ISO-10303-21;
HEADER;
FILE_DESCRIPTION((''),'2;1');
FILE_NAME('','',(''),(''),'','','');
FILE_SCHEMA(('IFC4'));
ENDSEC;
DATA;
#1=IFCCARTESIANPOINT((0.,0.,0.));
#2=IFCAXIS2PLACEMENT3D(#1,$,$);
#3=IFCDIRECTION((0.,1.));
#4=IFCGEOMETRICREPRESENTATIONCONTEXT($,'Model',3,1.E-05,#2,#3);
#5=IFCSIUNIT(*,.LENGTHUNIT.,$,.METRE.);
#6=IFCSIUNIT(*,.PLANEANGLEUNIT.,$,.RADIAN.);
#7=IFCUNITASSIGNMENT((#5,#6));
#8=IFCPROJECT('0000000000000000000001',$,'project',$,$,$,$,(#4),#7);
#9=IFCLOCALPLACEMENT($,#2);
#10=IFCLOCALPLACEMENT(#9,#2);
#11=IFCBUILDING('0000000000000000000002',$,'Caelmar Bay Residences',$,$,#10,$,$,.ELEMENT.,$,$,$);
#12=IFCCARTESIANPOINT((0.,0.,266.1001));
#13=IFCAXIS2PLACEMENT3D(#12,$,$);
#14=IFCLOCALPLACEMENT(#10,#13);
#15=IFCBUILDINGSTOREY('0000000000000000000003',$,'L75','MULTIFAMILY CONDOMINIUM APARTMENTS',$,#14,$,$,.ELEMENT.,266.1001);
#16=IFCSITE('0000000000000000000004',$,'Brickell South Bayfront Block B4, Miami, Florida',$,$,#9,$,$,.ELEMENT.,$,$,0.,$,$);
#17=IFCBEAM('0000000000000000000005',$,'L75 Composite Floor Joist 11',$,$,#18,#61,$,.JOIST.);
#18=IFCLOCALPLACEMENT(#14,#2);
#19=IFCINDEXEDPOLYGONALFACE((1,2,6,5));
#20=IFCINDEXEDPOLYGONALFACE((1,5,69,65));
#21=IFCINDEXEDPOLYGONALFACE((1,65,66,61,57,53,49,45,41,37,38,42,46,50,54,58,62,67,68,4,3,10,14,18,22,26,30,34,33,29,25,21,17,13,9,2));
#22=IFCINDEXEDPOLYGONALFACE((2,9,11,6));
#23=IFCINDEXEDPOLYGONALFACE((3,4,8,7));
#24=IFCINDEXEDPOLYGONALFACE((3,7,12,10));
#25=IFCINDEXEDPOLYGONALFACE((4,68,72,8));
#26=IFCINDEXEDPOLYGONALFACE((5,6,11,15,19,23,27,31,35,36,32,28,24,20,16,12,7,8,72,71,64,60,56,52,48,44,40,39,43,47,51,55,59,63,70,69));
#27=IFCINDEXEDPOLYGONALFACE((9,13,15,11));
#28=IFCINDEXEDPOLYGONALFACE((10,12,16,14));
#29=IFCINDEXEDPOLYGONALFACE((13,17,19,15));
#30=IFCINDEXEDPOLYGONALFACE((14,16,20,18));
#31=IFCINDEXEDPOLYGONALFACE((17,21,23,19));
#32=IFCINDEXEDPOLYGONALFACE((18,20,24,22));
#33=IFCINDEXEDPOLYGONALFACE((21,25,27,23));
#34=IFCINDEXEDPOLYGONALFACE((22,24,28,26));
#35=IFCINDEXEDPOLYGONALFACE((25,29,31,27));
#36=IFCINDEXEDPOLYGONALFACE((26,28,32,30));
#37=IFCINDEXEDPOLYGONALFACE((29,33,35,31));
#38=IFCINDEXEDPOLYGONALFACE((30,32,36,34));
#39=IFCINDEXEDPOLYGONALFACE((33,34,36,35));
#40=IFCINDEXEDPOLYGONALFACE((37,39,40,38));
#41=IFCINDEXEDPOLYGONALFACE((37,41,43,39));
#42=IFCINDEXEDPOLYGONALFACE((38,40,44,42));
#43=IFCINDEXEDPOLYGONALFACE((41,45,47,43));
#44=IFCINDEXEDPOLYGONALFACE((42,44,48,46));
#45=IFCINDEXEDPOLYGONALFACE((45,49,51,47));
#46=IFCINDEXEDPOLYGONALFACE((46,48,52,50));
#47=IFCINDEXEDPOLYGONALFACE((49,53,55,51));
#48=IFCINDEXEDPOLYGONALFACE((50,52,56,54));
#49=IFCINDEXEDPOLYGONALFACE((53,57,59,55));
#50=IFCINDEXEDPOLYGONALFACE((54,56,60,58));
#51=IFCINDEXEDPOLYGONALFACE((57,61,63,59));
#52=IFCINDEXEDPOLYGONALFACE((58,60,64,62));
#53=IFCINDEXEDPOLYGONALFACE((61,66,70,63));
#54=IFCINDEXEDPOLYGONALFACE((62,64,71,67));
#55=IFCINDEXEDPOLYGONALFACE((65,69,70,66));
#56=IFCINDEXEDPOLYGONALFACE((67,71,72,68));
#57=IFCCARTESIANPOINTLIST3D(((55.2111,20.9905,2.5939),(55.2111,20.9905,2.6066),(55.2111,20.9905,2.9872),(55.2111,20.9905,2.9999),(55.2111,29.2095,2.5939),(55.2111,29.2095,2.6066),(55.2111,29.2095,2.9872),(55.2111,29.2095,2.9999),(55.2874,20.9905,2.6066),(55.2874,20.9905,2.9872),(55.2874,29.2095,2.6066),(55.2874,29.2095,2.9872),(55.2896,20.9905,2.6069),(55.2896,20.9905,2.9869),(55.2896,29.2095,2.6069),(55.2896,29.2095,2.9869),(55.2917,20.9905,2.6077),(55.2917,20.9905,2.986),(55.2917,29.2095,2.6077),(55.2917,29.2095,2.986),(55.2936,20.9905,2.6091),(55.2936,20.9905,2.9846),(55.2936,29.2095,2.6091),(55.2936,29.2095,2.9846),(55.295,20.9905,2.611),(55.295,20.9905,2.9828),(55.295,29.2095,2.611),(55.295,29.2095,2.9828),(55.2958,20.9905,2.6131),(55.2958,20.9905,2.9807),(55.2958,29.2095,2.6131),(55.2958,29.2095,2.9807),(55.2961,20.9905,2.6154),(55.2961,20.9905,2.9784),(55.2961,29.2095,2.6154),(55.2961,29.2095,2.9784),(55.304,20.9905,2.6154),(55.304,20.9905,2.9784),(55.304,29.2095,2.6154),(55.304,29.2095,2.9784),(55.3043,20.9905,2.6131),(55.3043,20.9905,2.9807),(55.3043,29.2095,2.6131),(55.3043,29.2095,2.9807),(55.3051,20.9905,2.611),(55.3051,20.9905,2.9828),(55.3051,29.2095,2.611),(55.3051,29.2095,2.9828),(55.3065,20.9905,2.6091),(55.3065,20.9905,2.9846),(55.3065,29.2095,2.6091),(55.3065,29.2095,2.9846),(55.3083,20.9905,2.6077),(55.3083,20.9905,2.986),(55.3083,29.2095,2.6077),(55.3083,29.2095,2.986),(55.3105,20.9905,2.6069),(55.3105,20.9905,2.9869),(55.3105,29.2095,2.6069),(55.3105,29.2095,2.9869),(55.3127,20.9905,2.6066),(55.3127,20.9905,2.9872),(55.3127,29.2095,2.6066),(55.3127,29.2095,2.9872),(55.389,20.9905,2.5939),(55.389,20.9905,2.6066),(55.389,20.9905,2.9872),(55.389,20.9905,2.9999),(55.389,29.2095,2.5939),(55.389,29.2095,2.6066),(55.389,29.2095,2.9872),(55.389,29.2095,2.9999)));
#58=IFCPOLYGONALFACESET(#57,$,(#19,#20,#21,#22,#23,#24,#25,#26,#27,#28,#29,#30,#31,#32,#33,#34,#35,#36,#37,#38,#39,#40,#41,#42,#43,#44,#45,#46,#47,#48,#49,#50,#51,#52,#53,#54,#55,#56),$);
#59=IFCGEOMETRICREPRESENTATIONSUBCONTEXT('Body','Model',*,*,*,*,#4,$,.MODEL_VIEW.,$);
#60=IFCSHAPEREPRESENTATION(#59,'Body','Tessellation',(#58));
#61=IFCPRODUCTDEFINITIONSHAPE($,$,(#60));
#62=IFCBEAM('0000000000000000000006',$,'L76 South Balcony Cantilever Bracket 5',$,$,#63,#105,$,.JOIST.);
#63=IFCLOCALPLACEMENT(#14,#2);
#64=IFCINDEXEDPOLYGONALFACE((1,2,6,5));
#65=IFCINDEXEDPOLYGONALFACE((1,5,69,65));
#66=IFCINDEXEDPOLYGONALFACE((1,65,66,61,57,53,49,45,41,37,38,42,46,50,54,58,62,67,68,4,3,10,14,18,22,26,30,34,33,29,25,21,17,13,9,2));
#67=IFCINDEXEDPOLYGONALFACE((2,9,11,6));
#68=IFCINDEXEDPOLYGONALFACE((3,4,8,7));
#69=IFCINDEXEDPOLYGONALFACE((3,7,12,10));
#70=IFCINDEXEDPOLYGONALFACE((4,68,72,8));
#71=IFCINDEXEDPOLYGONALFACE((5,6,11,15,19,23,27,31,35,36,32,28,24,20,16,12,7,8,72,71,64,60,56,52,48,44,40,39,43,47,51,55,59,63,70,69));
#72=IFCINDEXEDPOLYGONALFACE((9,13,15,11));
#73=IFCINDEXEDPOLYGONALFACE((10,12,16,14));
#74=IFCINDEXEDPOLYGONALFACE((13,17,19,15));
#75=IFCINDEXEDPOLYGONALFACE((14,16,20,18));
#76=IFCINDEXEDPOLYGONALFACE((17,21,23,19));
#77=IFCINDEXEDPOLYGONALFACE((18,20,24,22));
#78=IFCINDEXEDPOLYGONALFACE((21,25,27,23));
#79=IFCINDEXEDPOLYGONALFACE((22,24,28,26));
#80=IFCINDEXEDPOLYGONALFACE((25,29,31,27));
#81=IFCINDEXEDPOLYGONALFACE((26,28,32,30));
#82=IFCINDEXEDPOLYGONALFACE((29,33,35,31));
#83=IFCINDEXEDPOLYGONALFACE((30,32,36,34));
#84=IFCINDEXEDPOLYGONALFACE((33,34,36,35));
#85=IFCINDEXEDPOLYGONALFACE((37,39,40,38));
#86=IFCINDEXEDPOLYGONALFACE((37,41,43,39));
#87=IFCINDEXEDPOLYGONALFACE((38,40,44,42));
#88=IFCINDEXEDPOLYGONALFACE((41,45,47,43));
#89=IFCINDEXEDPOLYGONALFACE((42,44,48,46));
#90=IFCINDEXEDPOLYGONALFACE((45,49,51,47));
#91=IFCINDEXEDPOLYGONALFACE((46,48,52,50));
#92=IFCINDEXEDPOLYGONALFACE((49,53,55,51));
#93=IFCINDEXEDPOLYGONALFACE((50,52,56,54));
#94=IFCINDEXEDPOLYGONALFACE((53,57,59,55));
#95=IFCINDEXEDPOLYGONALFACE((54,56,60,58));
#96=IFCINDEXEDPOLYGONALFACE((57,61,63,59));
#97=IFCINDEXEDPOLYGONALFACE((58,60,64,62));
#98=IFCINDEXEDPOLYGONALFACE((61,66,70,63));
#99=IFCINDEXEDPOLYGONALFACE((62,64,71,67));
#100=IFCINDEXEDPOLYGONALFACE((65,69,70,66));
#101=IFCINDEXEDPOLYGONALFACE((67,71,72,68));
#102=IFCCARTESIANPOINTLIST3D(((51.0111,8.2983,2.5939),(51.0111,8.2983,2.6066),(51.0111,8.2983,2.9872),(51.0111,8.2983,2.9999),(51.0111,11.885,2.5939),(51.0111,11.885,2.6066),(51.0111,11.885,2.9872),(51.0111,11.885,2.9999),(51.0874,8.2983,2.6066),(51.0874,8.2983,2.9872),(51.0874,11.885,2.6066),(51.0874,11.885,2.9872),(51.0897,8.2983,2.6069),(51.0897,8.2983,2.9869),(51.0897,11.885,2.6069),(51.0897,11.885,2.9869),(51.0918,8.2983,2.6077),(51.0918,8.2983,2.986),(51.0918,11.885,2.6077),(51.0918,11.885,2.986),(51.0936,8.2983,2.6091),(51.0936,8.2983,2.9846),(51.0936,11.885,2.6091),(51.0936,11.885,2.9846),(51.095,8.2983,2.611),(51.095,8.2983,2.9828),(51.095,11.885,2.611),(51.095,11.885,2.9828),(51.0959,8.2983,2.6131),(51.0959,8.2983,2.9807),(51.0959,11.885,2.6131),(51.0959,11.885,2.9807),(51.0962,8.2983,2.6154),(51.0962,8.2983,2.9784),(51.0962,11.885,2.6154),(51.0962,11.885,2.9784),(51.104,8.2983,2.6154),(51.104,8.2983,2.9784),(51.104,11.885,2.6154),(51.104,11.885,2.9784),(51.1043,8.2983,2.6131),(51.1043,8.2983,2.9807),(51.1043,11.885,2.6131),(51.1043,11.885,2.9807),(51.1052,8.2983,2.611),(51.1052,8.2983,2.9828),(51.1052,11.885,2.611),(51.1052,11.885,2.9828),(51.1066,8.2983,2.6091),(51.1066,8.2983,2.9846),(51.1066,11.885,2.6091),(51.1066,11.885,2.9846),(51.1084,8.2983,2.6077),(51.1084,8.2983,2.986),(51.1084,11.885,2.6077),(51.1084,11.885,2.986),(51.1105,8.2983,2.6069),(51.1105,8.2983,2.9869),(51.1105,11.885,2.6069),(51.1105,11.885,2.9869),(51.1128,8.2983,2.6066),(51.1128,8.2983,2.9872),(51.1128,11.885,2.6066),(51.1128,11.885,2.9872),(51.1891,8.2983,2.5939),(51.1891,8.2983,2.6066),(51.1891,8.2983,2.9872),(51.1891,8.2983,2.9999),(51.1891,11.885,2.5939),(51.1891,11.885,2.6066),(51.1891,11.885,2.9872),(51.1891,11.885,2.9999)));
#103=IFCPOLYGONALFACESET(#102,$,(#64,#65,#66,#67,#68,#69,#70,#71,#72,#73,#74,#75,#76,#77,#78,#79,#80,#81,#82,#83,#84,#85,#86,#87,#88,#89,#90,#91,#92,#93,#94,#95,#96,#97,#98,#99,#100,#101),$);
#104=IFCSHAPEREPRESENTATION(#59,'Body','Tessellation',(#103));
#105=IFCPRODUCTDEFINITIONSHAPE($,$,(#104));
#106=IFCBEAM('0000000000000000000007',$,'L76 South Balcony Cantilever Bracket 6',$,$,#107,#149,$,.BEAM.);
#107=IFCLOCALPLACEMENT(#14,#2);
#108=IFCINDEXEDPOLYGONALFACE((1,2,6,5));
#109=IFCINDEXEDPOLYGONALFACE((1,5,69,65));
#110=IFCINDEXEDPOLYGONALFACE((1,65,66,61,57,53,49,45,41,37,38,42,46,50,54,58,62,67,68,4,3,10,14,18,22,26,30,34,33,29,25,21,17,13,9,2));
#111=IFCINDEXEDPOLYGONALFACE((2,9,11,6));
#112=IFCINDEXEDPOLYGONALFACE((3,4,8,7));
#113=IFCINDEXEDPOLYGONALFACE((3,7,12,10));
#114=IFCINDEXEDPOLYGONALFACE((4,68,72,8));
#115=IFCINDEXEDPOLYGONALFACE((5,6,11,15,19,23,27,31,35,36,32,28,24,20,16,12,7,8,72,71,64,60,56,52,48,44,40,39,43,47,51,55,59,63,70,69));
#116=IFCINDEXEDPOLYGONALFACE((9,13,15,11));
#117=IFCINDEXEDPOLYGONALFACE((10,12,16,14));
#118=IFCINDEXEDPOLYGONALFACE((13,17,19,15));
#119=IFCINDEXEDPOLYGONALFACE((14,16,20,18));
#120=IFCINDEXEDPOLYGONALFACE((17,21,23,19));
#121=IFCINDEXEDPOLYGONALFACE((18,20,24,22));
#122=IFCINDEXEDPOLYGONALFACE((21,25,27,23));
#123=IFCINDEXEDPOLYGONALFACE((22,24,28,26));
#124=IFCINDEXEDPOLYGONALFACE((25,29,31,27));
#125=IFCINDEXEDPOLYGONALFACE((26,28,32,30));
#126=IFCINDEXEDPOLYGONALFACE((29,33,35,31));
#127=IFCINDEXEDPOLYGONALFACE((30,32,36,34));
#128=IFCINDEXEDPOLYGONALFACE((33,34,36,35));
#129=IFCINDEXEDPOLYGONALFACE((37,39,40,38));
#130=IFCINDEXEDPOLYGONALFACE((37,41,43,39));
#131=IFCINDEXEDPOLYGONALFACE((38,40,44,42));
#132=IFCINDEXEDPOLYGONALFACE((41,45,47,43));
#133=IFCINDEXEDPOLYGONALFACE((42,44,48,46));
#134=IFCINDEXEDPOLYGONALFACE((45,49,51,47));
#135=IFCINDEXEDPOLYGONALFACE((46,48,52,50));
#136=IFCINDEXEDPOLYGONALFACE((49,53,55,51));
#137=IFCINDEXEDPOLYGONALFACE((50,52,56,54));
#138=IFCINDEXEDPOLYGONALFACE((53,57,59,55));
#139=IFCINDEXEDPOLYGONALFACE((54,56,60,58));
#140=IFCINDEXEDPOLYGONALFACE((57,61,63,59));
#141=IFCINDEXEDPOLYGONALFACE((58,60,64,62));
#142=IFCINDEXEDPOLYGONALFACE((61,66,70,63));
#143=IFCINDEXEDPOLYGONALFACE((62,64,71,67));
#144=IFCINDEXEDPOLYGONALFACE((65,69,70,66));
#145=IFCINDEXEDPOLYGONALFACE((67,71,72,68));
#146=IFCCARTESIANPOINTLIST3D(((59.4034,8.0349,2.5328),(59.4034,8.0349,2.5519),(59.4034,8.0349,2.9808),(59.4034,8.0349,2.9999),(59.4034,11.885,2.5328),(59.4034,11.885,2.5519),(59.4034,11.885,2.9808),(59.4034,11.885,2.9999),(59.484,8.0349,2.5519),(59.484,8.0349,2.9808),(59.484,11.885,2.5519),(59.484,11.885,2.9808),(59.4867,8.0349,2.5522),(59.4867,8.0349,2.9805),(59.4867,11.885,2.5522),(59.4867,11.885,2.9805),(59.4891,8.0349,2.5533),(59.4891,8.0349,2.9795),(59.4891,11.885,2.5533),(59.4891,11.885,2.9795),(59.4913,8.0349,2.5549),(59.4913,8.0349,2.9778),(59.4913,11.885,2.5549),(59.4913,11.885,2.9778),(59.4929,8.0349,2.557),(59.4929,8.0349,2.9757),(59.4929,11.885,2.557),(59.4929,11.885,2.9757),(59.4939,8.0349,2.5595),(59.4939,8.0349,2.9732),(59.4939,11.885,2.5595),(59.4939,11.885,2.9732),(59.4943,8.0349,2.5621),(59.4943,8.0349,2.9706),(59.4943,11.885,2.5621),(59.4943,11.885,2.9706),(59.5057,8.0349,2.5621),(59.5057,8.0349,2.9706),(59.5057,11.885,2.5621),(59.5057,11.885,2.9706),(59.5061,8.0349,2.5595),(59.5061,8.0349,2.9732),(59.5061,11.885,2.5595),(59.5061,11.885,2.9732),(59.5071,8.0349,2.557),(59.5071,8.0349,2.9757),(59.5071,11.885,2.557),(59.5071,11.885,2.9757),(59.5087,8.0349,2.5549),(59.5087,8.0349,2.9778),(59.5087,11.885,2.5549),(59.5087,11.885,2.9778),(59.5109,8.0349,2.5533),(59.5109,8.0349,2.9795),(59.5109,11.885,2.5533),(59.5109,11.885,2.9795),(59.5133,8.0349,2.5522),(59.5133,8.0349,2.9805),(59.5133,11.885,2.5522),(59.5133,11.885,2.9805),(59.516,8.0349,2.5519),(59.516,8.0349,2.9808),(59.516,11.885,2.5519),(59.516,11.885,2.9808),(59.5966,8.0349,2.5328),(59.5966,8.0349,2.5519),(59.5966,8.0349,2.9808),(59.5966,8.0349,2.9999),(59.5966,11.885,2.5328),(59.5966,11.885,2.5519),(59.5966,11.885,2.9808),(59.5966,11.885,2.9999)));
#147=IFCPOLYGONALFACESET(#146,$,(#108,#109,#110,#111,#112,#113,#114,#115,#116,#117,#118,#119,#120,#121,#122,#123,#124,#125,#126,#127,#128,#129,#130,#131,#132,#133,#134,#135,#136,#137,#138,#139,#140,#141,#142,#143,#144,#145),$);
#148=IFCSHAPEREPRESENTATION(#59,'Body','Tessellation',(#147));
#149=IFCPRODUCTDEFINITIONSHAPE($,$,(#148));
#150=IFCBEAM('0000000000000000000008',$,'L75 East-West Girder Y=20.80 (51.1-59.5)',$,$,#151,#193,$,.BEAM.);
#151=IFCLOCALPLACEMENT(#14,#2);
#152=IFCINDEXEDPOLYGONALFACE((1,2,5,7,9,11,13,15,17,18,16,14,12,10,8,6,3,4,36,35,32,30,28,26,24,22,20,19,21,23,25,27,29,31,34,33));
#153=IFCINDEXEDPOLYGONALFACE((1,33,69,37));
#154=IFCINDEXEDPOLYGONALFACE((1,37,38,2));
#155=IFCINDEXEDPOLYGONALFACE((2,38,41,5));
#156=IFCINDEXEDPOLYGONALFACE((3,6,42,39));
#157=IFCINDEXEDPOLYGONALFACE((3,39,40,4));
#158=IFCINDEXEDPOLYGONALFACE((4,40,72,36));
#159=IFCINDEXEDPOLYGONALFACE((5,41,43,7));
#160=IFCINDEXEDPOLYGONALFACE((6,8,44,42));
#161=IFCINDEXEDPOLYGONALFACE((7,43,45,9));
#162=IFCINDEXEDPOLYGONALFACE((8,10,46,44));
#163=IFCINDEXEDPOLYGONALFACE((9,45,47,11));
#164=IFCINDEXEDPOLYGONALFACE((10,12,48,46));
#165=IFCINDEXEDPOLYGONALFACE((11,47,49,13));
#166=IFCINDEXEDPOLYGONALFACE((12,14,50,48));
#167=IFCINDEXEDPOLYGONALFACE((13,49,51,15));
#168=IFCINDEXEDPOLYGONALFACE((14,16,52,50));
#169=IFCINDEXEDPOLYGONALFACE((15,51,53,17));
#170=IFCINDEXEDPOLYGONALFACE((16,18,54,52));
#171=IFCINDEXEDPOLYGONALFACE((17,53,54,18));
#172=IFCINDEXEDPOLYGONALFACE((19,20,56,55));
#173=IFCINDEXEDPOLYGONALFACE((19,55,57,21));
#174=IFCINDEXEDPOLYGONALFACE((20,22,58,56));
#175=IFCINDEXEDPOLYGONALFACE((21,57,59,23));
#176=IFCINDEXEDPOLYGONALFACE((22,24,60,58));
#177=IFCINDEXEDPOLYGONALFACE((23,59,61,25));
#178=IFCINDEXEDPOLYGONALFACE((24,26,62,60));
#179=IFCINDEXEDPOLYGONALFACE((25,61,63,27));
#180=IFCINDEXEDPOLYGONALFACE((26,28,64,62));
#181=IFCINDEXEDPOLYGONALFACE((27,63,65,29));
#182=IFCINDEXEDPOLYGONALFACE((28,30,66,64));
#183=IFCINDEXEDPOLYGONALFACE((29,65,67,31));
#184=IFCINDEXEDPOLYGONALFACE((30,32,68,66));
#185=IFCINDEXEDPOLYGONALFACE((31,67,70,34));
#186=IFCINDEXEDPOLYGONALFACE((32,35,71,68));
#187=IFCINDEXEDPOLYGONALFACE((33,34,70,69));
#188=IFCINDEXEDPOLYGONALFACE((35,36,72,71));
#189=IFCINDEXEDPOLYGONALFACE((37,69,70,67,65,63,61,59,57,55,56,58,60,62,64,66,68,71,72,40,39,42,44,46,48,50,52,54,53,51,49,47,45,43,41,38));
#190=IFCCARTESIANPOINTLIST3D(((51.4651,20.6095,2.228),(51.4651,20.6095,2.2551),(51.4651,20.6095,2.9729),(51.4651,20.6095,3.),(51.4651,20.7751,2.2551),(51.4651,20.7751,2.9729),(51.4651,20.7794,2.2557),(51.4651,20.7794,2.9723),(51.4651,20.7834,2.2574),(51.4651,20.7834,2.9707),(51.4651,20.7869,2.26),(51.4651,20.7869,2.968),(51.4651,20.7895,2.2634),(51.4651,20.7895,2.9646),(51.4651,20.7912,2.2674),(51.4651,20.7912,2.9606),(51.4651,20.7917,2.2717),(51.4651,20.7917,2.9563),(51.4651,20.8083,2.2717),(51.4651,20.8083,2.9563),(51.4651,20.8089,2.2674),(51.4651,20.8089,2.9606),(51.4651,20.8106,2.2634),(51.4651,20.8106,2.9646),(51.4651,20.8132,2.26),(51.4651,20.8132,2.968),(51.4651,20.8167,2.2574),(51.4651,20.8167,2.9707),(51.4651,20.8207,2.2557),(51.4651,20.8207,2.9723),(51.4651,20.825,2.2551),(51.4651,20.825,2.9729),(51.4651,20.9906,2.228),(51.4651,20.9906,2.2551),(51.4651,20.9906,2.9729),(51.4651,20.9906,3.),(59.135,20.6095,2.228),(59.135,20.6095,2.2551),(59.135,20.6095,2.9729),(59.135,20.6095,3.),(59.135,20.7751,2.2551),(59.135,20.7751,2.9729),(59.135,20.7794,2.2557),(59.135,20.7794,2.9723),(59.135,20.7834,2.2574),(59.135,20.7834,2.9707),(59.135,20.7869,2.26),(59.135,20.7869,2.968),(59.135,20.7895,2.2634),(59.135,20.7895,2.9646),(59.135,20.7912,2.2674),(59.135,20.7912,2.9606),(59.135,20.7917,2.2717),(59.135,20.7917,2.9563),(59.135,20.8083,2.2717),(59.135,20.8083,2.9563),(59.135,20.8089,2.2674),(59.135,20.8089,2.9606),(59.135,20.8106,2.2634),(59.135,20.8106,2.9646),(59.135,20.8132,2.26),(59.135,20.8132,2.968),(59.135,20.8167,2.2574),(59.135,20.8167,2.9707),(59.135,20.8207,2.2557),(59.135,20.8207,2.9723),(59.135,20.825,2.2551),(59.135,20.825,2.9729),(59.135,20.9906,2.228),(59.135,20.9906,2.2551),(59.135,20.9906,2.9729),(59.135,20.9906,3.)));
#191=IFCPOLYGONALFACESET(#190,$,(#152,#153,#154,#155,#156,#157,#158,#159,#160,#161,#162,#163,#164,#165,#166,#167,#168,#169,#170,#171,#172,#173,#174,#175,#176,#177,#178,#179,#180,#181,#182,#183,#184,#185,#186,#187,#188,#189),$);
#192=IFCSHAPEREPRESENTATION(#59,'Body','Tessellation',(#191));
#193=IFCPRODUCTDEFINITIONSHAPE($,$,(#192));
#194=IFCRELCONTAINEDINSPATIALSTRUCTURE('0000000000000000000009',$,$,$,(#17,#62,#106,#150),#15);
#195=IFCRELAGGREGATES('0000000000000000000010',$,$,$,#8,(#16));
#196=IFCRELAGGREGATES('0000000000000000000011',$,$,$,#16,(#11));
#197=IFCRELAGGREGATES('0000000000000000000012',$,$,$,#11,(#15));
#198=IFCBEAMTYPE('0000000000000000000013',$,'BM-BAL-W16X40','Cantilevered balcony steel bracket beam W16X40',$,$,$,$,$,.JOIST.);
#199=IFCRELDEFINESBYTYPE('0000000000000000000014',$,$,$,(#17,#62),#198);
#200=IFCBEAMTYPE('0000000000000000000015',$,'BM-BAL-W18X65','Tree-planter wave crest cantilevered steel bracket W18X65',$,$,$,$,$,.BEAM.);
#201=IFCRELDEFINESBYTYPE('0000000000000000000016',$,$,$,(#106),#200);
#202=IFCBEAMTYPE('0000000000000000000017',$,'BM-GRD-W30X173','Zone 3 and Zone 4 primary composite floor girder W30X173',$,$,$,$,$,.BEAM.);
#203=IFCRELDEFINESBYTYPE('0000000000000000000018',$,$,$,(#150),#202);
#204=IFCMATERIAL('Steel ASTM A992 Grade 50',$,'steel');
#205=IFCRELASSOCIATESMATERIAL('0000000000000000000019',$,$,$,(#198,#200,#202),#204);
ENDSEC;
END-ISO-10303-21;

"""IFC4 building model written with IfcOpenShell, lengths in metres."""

from ifc_helpers import new_model, si_unit, direction, frame, origin, origin_2d, place, context, subcontext, project, spatial, i_section, extrude, material, material_profile, profile_set, type_object, element, save


model = new_model("IFC4")

# Units and contexts
model_context = context("Model", 3, precision=1e-05, world=origin(), true_north=direction((0.0, 1.0)))
body_context = subcontext(model_context, "Body", "Model", "MODEL_VIEW")
ifc_project = project(units=[si_unit("LENGTHUNIT", "METRE"), si_unit("PLANEANGLEUNIT", "RADIAN")], contexts=[model_context])

# Site, building, storey
site_placement = place(None, origin())
site = spatial("IfcSite", under=ifc_project, at=site_placement, Name="Brickell South Bayfront Block B4, Miami, Florida", CompositionType="ELEMENT", RefElevation=0.0)
building_placement = place(site_placement, origin())
building = spatial("IfcBuilding", under=site, at=building_placement, Name="Caelmar Bay Residences", CompositionType="ELEMENT")
storey_placement = place(building_placement, frame((0.0, 0.0, 266.1001)))
storey = spatial("IfcBuildingStorey", under=building, at=storey_placement, Name="L75", Description="MULTIFAMILY CONDOMINIUM APARTMENTS", CompositionType="ELEMENT", Elevation=266.1001)

# Beams
ifc_material_1 = material(Name="Steel ASTM A992 Grade 50", Category="steel")
ifc_material_profile_1 = material_profile(ifc_material_1, i_section(OverallWidth=0.178, OverallDepth=0.406, WebThickness=0.0078, FlangeThickness=0.0127, FilletRadius=0.0088, at=origin_2d()), Name="W16X40")
ifc_profile_set_1 = profile_set([ifc_material_profile_1], Name="Steel ASTM A992 Grade 50")
beam_type_1 = type_object("IfcBeamType", Name="BM-BAL-W16X40", Description="Cantilevered balcony steel bracket beam W16X40", PredefinedType="JOIST", material=ifc_profile_set_1)
for number, where, z_axis, x_axis, name in (
    (1, (55.3, 20.9905, 2.7969), (0.0, 1.0, 0.0), (-1.0, 0.0, 0.0), "L75 Composite Floor Joist 11"),
):
    element("IfcBeam", number, at=place(storey_placement, frame(where, z_axis=z_axis, x_axis=x_axis)), inside=storey, type_object=beam_type_1, Name=name, PredefinedType="JOIST", context=body_context, shape_type="SweptSolid", body=[
        extrude(i_section(OverallWidth=0.178, OverallDepth=0.406, WebThickness=0.0078, FlangeThickness=0.0127, FilletRadius=0.0088, at=origin_2d()), origin(), (0.0, 0.0, 1.0), 8.219),
    ])
beam_1_placement = place(storey_placement, frame((51.1001, 11.885, 2.7969), z_axis=(0.0, -1.0, 0.0), x_axis=(1.0, 0.0, 0.0)))
element("IfcBeam", 2, at=beam_1_placement, inside=storey, type_object=beam_type_1, Name="L76 South Balcony Cantilever Bracket 5", PredefinedType="JOIST", context=body_context, shape_type="SweptSolid", body=[
    extrude(i_section(OverallWidth=0.178, OverallDepth=0.406, WebThickness=0.0078, FlangeThickness=0.0127, FilletRadius=0.0088, at=origin_2d()), origin(), (0.0, 0.0, 1.0), 3.5867),
])
ifc_material_profile_2 = material_profile(ifc_material_1, i_section(OverallWidth=0.1931, OverallDepth=0.467, WebThickness=0.0115, FlangeThickness=0.019, FilletRadius=0.0103, at=origin_2d()), Name="W18X65")
ifc_profile_set_2 = profile_set([ifc_material_profile_2], Name="Steel ASTM A992 Grade 50")
beam_type_2 = type_object("IfcBeamType", Name="BM-BAL-W18X65", Description="Tree-planter wave crest cantilevered steel bracket W18X65", PredefinedType="BEAM", material=ifc_profile_set_2)
beam_2_placement = place(storey_placement, frame((59.5, 11.885, 2.7664), z_axis=(0.0, -1.0, 0.0), x_axis=(1.0, 0.0, 0.0)))
element("IfcBeam", 3, at=beam_2_placement, inside=storey, type_object=beam_type_2, Name="L76 South Balcony Cantilever Bracket 6", PredefinedType="BEAM", context=body_context, shape_type="SweptSolid", body=[
    extrude(i_section(OverallWidth=0.1931, OverallDepth=0.467, WebThickness=0.0115, FlangeThickness=0.019, FilletRadius=0.0103, at=origin_2d()), origin(), (0.0, 0.0, 1.0), 3.8501),
])
ifc_material_profile_3 = material_profile(ifc_material_1, i_section(OverallWidth=0.3811, OverallDepth=0.772, WebThickness=0.0166, FlangeThickness=0.0271, FilletRadius=0.0166, at=origin_2d()), Name="W30X173")
ifc_profile_set_3 = profile_set([ifc_material_profile_3], Name="Steel ASTM A992 Grade 50")
beam_type_3 = type_object("IfcBeamType", Name="BM-GRD-W30X173", Description="Zone 3 and Zone 4 primary composite floor girder W30X173", PredefinedType="BEAM", material=ifc_profile_set_3)
beam_3_placement = place(storey_placement, frame((51.4651, 20.8, 2.614), z_axis=(1.0, 0.0, 0.0), x_axis=(0.0, 1.0, 0.0)))
element("IfcBeam", 4, at=beam_3_placement, inside=storey, type_object=beam_type_3, Name="L75 East-West Girder Y=20.80 (51.1-59.5)", PredefinedType="BEAM", context=body_context, shape_type="SweptSolid", body=[
    extrude(i_section(OverallWidth=0.3811, OverallDepth=0.772, WebThickness=0.0166, FlangeThickness=0.0271, FilletRadius=0.0166, at=origin_2d()), origin(), (0.0, 0.0, 1.0), 7.6699),
])

save(model, "model.ifc")
